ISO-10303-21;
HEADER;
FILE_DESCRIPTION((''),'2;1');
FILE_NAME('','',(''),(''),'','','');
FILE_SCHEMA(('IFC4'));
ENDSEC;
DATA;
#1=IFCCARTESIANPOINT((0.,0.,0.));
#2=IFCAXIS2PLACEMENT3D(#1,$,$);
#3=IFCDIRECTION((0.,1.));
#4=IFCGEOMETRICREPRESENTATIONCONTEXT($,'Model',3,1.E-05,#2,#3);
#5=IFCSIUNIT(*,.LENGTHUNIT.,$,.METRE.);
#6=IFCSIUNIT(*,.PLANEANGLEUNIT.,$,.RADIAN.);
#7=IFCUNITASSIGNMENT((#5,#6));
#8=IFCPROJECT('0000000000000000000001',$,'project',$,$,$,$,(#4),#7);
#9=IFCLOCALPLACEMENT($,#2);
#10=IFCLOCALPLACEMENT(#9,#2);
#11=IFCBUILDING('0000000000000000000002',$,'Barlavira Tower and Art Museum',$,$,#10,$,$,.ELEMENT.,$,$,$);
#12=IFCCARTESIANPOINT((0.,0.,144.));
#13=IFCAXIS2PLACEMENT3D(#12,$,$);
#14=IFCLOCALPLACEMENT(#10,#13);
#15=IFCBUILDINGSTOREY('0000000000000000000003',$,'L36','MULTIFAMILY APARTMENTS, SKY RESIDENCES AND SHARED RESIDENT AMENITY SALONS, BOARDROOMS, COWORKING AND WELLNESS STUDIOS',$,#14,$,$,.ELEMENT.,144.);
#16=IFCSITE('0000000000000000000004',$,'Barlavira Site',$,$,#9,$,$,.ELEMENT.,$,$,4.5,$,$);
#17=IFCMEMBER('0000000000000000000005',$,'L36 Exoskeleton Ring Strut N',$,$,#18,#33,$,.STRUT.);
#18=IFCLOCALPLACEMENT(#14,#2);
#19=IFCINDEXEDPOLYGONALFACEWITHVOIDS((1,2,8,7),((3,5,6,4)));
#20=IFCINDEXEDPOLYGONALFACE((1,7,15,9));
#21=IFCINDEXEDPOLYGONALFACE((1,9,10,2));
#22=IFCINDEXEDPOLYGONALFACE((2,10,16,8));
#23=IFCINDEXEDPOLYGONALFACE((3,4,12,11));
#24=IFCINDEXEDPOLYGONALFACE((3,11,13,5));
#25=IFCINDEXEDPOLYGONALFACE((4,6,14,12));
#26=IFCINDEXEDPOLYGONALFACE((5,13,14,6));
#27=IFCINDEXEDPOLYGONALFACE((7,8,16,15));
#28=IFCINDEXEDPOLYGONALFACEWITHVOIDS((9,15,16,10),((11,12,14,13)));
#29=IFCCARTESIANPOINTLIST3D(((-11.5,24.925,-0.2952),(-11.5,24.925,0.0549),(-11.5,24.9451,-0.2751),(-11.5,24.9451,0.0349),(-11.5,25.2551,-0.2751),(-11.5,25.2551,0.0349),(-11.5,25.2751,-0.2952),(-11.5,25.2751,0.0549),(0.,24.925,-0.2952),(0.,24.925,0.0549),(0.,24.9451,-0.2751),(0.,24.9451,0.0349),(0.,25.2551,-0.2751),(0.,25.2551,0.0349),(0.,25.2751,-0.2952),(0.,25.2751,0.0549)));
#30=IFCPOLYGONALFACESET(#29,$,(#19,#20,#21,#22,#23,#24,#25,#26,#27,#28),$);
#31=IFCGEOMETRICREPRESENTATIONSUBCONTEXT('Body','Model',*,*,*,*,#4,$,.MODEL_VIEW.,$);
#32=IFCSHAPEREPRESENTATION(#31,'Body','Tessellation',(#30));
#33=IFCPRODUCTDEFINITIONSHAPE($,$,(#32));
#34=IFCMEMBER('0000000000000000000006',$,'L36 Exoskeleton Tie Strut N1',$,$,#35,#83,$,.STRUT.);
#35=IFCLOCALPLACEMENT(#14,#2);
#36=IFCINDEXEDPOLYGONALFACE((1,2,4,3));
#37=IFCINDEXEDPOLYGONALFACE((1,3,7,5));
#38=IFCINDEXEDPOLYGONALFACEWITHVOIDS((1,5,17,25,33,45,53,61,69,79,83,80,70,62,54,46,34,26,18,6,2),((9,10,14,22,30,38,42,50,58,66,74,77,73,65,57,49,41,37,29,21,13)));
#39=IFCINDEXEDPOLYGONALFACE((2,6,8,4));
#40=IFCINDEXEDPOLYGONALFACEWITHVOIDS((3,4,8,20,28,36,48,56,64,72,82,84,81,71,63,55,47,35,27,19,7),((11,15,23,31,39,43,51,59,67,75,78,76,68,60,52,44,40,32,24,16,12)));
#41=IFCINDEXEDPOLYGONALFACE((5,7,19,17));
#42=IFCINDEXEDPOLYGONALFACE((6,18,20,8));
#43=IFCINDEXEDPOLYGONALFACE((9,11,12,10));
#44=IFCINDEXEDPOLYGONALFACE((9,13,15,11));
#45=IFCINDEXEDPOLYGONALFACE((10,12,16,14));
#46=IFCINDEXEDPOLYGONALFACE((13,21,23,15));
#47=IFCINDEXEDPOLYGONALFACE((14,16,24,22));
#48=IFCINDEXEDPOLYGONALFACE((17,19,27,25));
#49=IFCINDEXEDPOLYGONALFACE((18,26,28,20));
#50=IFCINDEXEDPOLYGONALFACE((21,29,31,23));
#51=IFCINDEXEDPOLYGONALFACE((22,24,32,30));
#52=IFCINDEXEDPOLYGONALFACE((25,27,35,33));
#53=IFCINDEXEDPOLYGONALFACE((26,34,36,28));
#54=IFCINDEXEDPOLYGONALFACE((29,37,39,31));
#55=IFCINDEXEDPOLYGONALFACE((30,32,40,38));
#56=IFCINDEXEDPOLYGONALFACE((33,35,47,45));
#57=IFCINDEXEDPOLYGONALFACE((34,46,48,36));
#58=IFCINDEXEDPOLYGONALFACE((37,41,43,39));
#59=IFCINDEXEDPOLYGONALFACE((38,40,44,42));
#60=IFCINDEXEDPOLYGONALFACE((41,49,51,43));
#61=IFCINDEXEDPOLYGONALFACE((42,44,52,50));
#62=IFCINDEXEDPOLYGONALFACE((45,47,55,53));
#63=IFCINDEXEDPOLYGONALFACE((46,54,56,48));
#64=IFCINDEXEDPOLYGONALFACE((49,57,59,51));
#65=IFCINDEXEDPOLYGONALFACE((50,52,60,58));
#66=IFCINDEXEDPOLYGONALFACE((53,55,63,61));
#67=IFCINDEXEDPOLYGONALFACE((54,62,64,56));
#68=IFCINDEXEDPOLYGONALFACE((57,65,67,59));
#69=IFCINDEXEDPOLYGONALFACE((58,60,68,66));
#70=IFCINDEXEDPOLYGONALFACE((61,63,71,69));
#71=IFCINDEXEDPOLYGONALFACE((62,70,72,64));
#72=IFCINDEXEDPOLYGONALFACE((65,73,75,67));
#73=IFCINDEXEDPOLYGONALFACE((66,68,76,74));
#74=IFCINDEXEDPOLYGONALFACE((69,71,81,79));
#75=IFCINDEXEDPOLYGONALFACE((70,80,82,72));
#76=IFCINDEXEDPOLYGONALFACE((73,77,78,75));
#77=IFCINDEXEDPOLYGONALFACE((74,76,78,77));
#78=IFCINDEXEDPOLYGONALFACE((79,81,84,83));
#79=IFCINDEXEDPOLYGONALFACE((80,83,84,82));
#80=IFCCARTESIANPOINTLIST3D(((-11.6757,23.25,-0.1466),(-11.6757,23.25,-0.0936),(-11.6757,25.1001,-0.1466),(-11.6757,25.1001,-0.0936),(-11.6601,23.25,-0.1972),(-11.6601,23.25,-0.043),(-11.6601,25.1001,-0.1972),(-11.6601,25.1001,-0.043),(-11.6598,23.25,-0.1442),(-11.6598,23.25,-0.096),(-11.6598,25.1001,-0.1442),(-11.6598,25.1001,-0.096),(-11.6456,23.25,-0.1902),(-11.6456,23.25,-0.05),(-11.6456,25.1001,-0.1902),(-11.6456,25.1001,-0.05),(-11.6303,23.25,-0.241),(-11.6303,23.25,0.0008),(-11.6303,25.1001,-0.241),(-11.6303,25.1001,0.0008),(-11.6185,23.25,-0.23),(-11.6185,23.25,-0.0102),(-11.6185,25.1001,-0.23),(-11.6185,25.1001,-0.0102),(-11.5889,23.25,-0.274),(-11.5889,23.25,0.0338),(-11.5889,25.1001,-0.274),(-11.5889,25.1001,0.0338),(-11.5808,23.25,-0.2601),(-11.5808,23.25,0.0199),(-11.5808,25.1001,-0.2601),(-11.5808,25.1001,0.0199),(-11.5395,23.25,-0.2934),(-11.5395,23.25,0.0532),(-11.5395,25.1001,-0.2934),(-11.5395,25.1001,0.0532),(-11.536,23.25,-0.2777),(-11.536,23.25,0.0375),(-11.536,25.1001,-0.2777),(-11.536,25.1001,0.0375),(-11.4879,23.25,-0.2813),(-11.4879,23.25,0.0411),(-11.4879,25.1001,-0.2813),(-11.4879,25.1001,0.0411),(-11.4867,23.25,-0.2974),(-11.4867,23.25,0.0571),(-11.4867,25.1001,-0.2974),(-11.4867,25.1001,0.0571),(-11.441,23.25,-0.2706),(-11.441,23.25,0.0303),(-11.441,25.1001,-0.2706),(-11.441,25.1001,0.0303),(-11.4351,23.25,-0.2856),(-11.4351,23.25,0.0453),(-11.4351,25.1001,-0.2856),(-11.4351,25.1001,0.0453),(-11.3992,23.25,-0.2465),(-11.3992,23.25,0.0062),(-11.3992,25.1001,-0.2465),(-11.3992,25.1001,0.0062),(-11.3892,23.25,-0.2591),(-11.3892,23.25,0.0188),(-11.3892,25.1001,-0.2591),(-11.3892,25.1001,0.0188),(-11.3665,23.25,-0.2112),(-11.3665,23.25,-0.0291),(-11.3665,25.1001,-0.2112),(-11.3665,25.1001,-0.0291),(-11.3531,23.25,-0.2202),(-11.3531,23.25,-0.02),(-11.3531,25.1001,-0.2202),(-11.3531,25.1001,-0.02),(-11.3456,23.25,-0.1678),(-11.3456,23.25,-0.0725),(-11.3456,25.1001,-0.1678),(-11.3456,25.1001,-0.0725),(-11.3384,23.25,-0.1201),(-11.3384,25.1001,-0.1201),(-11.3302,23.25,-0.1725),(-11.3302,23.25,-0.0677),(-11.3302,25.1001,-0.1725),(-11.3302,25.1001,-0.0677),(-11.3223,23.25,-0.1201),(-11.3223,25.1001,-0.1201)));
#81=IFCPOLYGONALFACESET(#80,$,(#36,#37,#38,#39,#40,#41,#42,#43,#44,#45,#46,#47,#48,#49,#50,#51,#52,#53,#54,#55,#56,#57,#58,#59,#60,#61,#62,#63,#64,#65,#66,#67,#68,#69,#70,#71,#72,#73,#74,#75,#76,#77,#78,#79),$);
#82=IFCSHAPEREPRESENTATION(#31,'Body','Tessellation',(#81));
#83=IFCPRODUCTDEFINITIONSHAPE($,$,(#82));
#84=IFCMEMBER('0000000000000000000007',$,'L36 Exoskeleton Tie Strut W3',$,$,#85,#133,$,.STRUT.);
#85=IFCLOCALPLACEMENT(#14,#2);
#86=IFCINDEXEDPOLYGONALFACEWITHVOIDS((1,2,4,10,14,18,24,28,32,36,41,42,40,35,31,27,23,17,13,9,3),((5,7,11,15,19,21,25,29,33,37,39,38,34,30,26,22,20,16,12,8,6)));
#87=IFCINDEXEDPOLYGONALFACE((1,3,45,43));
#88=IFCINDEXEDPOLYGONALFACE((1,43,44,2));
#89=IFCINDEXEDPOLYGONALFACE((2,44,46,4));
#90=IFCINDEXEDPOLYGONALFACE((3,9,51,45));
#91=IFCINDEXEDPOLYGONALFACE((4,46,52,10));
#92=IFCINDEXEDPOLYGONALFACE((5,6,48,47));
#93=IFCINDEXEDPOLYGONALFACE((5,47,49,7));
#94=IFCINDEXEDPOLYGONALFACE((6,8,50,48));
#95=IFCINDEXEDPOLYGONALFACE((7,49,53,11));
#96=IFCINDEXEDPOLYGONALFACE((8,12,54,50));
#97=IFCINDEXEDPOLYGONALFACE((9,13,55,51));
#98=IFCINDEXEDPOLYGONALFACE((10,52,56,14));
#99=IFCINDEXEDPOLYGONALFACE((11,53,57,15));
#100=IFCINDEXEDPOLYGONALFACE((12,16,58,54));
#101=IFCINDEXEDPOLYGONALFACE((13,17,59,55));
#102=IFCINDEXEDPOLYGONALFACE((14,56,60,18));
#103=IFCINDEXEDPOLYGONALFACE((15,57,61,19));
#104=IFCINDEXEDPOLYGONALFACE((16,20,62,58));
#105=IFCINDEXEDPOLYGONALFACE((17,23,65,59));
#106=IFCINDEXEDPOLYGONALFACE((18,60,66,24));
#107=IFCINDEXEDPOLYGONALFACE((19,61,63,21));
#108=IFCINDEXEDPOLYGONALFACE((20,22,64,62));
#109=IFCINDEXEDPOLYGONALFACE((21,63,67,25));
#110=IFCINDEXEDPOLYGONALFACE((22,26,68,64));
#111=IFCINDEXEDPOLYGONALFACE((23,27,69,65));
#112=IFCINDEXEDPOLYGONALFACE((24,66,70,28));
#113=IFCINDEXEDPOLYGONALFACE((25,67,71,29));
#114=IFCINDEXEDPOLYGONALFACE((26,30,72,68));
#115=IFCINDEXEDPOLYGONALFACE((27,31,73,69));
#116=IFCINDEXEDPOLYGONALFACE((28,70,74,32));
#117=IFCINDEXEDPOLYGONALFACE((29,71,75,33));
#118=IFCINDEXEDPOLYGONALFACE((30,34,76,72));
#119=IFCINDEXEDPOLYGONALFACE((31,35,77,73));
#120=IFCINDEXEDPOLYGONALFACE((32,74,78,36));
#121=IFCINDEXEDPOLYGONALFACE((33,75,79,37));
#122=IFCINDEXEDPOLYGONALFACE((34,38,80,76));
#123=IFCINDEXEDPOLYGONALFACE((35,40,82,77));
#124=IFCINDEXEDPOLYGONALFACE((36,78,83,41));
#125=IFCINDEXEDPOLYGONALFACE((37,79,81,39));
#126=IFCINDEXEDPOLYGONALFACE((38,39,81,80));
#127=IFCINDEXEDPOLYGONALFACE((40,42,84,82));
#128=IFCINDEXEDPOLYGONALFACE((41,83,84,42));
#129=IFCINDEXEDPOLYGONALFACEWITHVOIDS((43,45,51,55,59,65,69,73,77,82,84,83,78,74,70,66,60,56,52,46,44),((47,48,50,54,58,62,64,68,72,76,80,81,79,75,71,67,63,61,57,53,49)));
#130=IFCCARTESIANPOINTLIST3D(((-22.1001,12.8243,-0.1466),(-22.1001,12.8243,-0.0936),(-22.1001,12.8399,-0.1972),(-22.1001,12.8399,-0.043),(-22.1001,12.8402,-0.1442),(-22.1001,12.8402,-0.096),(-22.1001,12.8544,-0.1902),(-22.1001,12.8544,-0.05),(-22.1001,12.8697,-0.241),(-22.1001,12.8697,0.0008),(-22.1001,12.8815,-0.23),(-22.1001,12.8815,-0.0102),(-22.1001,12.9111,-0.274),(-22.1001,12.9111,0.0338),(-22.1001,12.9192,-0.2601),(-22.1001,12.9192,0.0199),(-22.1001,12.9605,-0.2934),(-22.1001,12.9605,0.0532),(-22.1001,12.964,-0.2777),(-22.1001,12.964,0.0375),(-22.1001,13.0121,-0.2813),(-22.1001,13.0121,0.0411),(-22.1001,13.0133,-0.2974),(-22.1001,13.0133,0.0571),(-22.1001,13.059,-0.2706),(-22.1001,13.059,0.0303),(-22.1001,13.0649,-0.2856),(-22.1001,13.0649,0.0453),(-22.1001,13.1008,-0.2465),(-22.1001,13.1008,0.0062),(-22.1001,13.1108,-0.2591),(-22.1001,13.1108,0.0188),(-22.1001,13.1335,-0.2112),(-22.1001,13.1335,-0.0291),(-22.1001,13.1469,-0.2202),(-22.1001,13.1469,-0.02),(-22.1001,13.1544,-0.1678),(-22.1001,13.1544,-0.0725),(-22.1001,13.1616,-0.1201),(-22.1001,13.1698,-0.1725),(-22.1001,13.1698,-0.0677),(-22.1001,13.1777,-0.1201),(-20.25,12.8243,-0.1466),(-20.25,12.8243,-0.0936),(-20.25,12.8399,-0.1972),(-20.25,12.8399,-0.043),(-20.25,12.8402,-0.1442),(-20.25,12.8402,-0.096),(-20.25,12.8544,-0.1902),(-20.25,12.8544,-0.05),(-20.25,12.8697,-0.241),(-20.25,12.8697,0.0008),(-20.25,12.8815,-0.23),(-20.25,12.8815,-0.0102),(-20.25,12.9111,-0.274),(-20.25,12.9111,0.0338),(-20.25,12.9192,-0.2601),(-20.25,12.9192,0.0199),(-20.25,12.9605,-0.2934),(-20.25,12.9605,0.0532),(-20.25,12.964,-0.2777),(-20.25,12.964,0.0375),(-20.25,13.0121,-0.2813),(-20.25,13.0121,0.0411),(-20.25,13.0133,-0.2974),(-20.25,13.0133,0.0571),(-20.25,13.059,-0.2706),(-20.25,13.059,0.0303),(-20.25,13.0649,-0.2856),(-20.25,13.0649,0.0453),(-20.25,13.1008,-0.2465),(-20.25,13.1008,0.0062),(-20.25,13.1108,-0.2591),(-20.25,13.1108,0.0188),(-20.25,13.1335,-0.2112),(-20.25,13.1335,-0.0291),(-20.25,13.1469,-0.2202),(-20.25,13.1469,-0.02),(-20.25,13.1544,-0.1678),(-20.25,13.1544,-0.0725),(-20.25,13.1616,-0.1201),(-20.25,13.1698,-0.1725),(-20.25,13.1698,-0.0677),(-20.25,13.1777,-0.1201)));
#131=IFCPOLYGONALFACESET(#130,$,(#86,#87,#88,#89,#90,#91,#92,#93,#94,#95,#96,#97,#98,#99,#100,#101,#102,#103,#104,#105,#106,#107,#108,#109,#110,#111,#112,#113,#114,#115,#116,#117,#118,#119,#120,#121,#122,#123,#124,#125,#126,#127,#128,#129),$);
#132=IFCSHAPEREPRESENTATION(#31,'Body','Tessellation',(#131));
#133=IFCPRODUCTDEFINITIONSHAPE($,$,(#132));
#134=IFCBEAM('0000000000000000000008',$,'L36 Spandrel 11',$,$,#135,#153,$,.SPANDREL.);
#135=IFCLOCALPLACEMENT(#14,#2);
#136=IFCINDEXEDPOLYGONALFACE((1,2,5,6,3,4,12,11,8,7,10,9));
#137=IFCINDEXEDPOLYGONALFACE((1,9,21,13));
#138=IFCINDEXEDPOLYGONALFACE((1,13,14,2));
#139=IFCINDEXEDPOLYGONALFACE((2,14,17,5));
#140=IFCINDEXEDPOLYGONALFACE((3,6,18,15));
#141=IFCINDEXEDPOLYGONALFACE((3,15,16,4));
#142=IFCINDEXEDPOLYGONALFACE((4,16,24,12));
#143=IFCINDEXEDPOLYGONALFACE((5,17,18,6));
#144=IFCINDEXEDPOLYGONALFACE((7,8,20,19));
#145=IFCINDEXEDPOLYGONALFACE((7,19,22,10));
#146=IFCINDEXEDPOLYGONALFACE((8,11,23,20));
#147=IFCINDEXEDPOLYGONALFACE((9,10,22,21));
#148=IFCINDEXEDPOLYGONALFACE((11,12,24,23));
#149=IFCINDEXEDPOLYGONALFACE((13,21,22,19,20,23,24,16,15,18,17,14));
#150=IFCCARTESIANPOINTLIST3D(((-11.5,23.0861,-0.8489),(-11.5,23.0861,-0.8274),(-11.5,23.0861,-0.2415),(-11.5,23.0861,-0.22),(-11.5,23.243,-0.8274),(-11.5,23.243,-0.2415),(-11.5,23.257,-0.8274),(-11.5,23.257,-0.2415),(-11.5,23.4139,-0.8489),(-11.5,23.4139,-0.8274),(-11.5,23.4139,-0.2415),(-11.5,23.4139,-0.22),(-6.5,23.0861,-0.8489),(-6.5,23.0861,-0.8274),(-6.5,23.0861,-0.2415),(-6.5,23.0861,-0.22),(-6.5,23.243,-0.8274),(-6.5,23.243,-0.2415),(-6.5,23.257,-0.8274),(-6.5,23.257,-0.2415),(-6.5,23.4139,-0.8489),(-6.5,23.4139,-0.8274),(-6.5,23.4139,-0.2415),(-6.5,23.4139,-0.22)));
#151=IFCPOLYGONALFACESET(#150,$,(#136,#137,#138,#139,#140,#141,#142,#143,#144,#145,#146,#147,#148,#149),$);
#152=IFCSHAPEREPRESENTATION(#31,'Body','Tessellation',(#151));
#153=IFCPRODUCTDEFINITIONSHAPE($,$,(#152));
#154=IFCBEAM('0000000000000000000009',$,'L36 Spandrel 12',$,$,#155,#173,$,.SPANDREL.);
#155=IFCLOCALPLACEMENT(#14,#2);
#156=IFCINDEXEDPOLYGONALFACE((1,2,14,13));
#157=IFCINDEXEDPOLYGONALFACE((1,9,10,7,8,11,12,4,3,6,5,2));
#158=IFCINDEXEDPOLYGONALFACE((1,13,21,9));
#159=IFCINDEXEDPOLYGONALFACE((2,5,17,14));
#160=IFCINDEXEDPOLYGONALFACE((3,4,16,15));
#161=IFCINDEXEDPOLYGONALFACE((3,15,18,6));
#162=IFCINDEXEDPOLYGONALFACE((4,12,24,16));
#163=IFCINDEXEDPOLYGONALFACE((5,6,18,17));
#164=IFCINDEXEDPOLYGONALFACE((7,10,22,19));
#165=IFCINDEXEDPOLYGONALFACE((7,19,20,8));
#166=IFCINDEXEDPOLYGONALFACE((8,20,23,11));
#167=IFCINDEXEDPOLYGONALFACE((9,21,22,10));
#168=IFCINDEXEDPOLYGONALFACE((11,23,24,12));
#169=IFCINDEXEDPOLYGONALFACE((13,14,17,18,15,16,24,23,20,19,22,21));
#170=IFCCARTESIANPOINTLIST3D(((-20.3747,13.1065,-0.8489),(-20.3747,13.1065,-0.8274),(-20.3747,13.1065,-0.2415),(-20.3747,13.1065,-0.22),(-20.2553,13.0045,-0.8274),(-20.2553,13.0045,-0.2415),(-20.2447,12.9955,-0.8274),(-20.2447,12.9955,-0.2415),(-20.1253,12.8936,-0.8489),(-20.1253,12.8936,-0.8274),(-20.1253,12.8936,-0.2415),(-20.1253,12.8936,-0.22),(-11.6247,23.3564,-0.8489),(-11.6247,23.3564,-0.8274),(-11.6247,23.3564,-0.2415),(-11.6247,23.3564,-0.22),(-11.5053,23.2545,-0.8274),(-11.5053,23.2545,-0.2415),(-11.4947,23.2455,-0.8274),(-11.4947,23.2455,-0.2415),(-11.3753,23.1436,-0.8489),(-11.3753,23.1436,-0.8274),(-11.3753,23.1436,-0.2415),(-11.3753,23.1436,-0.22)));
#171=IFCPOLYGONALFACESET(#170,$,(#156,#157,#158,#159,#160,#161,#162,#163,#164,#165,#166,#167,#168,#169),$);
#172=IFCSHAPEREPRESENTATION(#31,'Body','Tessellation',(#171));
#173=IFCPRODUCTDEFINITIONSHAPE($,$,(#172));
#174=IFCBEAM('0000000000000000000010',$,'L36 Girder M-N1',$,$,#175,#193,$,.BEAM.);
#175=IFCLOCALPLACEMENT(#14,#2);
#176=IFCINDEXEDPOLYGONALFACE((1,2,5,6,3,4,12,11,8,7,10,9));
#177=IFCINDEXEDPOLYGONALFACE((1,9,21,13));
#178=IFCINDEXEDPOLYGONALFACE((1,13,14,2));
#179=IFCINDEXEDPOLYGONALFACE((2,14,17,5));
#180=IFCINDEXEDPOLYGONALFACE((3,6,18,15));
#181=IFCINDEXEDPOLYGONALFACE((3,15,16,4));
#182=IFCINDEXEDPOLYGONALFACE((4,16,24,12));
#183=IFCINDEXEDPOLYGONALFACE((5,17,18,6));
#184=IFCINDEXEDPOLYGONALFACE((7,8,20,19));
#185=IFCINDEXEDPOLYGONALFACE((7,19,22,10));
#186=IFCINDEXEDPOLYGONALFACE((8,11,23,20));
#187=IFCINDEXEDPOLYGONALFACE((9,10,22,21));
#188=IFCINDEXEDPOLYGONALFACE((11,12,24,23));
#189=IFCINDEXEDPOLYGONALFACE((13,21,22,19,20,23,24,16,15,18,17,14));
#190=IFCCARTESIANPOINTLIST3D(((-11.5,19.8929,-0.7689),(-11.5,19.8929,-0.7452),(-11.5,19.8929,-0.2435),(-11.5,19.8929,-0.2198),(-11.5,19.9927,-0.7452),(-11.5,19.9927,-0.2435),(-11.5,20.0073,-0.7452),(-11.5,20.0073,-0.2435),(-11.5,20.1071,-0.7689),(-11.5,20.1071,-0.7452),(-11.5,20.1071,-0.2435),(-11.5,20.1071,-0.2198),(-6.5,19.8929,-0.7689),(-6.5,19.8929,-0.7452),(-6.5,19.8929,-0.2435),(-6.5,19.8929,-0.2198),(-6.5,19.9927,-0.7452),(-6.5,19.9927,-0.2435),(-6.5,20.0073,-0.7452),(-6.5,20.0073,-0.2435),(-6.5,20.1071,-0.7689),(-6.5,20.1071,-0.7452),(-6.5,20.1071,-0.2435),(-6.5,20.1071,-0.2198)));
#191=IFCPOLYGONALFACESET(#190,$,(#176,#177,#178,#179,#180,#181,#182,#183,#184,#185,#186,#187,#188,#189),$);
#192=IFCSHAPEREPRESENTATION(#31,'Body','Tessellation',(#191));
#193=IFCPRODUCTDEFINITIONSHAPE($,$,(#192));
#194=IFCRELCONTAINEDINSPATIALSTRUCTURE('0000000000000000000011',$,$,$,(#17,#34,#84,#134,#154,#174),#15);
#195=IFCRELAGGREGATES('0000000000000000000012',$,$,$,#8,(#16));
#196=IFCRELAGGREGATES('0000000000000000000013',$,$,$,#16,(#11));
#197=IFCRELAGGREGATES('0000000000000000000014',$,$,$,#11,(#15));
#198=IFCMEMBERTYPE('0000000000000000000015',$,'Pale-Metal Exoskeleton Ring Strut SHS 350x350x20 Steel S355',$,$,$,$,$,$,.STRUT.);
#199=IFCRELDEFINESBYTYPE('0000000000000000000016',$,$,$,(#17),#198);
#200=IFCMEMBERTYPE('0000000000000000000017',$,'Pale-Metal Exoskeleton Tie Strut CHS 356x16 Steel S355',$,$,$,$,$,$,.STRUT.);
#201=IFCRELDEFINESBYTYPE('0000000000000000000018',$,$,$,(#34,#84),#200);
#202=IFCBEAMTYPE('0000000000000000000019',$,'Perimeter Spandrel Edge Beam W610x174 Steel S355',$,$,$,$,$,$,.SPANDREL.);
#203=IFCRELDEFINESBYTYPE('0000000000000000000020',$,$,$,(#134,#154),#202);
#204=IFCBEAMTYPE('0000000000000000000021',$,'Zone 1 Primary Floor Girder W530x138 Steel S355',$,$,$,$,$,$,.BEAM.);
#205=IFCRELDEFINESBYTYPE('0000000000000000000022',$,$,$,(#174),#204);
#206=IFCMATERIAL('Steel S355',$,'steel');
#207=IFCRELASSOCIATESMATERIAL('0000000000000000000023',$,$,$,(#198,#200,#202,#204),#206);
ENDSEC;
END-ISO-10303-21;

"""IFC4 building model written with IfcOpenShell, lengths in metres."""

from ifc_helpers import new_model, si_unit, direction, frame, origin, origin_2d, place, context, subcontext, project, spatial, hollow_rectangle, hollow_circle, i_section, extrude, material, material_profile, profile_set, type_object, element, save


model = new_model("IFC4")

# Units and contexts
model_context = context("Model", 3, precision=1e-05, world=origin(), true_north=direction((0.0, 1.0)))
body_context = subcontext(model_context, "Body", "Model", "MODEL_VIEW")
ifc_project = project(units=[si_unit("LENGTHUNIT", "METRE"), si_unit("PLANEANGLEUNIT", "RADIAN")], contexts=[model_context])

# Site, building, storey
site_placement = place(None, origin())
site = spatial("IfcSite", under=ifc_project, at=site_placement, Name="Barlavira Site", CompositionType="ELEMENT", RefElevation=4.5)
building_placement = place(site_placement, origin())
building = spatial("IfcBuilding", under=site, at=building_placement, Name="Barlavira Tower and Art Museum", CompositionType="ELEMENT")
storey_placement = place(building_placement, frame((0.0, 0.0, 144.0)))
storey = spatial("IfcBuildingStorey", under=building, at=storey_placement, Name="L36", Description="MULTIFAMILY APARTMENTS, SKY RESIDENCES AND SHARED RESIDENT AMENITY SALONS, BOARDROOMS, COWORKING AND WELLNESS STUDIOS", CompositionType="ELEMENT", Elevation=144.0)

# Members
ifc_material_1 = material(Name="Steel S355", Category="steel")
ifc_material_profile_1 = material_profile(ifc_material_1, hollow_rectangle(XDim=0.3501, YDim=0.3501, WallThickness=0.02, at=origin_2d()), Name="SHS 350x350x20.0")
ifc_profile_set_1 = profile_set([ifc_material_profile_1], Name="Steel S355")
member_type_1 = type_object("IfcMemberType", Name="Pale-Metal Exoskeleton Ring Strut SHS 350x350x20 Steel S355", PredefinedType="STRUT", material=ifc_profile_set_1)
member_1_placement = place(storey_placement, frame((-11.5, 25.1001, -0.1201), z_axis=(1.0, 0.0, 0.0), x_axis=(0.0, 1.0, 0.0)))
element("IfcMember", 1, at=member_1_placement, inside=storey, type_object=member_type_1, Name="L36 Exoskeleton Ring Strut N", PredefinedType="STRUT", context=body_context, shape_type="SweptSolid", body=[
    extrude(hollow_rectangle(XDim=0.3501, YDim=0.3501, WallThickness=0.02, at=origin_2d()), origin(), (0.0, 0.0, 1.0), 11.5),
])
ifc_material_profile_2 = material_profile(ifc_material_1, hollow_circle(Radius=0.1777, WallThickness=0.0161, at=origin_2d()), Name="CHS 355.6x16.0")
ifc_profile_set_2 = profile_set([ifc_material_profile_2], Name="Steel S355")
member_type_2 = type_object("IfcMemberType", Name="Pale-Metal Exoskeleton Tie Strut CHS 356x16 Steel S355", PredefinedType="STRUT", material=ifc_profile_set_2)
for number, where, z_axis, x_axis, name in (
    (2, (-11.5, 25.1001, -0.1201), (0.0, -1.0, 0.0), (1.0, 0.0, 0.0), "L36 Exoskeleton Tie Strut N1"),
    (3, (-22.1001, 13.0, -0.1201), (1.0, 0.0, 0.0), (0.0, 1.0, 0.0), "L36 Exoskeleton Tie Strut W3"),
):
    element("IfcMember", number, at=place(storey_placement, frame(where, z_axis=z_axis, x_axis=x_axis)), inside=storey, type_object=member_type_2, Name=name, PredefinedType="STRUT", context=body_context, shape_type="SweptSolid", body=[
        extrude(hollow_circle(Radius=0.1777, WallThickness=0.0161, at=origin_2d()), origin(), (0.0, 0.0, 1.0), 1.8501),
    ])

# Beams
ifc_material_profile_3 = material_profile(ifc_material_1, i_section(OverallWidth=0.3279, OverallDepth=0.6289, WebThickness=0.0139, FlangeThickness=0.0215, at=origin_2d()), Name="W610x174.0")
ifc_profile_set_3 = profile_set([ifc_material_profile_3], Name="Steel S355")
beam_type_1 = type_object("IfcBeamType", Name="Perimeter Spandrel Edge Beam W610x174 Steel S355", PredefinedType="SPANDREL", material=ifc_profile_set_3)
beam_1_placement = place(storey_placement, frame((-11.5, 23.25, -0.5344), z_axis=(1.0, 0.0, 0.0), x_axis=(0.0, 1.0, 0.0)))
element("IfcBeam", 4, at=beam_1_placement, inside=storey, type_object=beam_type_1, Name="L36 Spandrel 11", PredefinedType="SPANDREL", context=body_context, shape_type="SweptSolid", body=[
    extrude(i_section(OverallWidth=0.3279, OverallDepth=0.6289, WebThickness=0.0139, FlangeThickness=0.0215, at=origin_2d()), origin(), (0.0, 0.0, 1.0), 5.0),
])
beam_2_placement = place(storey_placement, frame((-11.5, 23.25, -0.5344), z_axis=(-0.649262, -0.760565, 0.0), x_axis=(0.760565, -0.649262, 0.0)))
element("IfcBeam", 5, at=beam_2_placement, inside=storey, type_object=beam_type_1, Name="L36 Spandrel 12", PredefinedType="SPANDREL", context=body_context, shape_type="SweptSolid", body=[
    extrude(i_section(OverallWidth=0.3279, OverallDepth=0.6289, WebThickness=0.0139, FlangeThickness=0.0215, at=origin_2d()), origin(), (0.0, 0.0, 1.0), 13.4768),
])
ifc_material_profile_4 = material_profile(ifc_material_1, i_section(OverallWidth=0.2141, OverallDepth=0.5491, WebThickness=0.0146, FlangeThickness=0.0237, at=origin_2d()), Name="W530x138.0")
ifc_profile_set_4 = profile_set([ifc_material_profile_4], Name="Steel S355")
beam_type_2 = type_object("IfcBeamType", Name="Zone 1 Primary Floor Girder W530x138 Steel S355", PredefinedType="BEAM", material=ifc_profile_set_4)
beam_3_placement = place(storey_placement, frame((-11.5, 20.0, -0.4944), z_axis=(1.0, 0.0, 0.0), x_axis=(0.0, 1.0, 0.0)))
element("IfcBeam", 6, at=beam_3_placement, inside=storey, type_object=beam_type_2, Name="L36 Girder M-N1", PredefinedType="BEAM", context=body_context, shape_type="SweptSolid", body=[
    extrude(i_section(OverallWidth=0.2141, OverallDepth=0.5491, WebThickness=0.0146, FlangeThickness=0.0237, at=origin_2d()), origin(), (0.0, 0.0, 1.0), 5.0),
])

save(model, "model.ifc")
